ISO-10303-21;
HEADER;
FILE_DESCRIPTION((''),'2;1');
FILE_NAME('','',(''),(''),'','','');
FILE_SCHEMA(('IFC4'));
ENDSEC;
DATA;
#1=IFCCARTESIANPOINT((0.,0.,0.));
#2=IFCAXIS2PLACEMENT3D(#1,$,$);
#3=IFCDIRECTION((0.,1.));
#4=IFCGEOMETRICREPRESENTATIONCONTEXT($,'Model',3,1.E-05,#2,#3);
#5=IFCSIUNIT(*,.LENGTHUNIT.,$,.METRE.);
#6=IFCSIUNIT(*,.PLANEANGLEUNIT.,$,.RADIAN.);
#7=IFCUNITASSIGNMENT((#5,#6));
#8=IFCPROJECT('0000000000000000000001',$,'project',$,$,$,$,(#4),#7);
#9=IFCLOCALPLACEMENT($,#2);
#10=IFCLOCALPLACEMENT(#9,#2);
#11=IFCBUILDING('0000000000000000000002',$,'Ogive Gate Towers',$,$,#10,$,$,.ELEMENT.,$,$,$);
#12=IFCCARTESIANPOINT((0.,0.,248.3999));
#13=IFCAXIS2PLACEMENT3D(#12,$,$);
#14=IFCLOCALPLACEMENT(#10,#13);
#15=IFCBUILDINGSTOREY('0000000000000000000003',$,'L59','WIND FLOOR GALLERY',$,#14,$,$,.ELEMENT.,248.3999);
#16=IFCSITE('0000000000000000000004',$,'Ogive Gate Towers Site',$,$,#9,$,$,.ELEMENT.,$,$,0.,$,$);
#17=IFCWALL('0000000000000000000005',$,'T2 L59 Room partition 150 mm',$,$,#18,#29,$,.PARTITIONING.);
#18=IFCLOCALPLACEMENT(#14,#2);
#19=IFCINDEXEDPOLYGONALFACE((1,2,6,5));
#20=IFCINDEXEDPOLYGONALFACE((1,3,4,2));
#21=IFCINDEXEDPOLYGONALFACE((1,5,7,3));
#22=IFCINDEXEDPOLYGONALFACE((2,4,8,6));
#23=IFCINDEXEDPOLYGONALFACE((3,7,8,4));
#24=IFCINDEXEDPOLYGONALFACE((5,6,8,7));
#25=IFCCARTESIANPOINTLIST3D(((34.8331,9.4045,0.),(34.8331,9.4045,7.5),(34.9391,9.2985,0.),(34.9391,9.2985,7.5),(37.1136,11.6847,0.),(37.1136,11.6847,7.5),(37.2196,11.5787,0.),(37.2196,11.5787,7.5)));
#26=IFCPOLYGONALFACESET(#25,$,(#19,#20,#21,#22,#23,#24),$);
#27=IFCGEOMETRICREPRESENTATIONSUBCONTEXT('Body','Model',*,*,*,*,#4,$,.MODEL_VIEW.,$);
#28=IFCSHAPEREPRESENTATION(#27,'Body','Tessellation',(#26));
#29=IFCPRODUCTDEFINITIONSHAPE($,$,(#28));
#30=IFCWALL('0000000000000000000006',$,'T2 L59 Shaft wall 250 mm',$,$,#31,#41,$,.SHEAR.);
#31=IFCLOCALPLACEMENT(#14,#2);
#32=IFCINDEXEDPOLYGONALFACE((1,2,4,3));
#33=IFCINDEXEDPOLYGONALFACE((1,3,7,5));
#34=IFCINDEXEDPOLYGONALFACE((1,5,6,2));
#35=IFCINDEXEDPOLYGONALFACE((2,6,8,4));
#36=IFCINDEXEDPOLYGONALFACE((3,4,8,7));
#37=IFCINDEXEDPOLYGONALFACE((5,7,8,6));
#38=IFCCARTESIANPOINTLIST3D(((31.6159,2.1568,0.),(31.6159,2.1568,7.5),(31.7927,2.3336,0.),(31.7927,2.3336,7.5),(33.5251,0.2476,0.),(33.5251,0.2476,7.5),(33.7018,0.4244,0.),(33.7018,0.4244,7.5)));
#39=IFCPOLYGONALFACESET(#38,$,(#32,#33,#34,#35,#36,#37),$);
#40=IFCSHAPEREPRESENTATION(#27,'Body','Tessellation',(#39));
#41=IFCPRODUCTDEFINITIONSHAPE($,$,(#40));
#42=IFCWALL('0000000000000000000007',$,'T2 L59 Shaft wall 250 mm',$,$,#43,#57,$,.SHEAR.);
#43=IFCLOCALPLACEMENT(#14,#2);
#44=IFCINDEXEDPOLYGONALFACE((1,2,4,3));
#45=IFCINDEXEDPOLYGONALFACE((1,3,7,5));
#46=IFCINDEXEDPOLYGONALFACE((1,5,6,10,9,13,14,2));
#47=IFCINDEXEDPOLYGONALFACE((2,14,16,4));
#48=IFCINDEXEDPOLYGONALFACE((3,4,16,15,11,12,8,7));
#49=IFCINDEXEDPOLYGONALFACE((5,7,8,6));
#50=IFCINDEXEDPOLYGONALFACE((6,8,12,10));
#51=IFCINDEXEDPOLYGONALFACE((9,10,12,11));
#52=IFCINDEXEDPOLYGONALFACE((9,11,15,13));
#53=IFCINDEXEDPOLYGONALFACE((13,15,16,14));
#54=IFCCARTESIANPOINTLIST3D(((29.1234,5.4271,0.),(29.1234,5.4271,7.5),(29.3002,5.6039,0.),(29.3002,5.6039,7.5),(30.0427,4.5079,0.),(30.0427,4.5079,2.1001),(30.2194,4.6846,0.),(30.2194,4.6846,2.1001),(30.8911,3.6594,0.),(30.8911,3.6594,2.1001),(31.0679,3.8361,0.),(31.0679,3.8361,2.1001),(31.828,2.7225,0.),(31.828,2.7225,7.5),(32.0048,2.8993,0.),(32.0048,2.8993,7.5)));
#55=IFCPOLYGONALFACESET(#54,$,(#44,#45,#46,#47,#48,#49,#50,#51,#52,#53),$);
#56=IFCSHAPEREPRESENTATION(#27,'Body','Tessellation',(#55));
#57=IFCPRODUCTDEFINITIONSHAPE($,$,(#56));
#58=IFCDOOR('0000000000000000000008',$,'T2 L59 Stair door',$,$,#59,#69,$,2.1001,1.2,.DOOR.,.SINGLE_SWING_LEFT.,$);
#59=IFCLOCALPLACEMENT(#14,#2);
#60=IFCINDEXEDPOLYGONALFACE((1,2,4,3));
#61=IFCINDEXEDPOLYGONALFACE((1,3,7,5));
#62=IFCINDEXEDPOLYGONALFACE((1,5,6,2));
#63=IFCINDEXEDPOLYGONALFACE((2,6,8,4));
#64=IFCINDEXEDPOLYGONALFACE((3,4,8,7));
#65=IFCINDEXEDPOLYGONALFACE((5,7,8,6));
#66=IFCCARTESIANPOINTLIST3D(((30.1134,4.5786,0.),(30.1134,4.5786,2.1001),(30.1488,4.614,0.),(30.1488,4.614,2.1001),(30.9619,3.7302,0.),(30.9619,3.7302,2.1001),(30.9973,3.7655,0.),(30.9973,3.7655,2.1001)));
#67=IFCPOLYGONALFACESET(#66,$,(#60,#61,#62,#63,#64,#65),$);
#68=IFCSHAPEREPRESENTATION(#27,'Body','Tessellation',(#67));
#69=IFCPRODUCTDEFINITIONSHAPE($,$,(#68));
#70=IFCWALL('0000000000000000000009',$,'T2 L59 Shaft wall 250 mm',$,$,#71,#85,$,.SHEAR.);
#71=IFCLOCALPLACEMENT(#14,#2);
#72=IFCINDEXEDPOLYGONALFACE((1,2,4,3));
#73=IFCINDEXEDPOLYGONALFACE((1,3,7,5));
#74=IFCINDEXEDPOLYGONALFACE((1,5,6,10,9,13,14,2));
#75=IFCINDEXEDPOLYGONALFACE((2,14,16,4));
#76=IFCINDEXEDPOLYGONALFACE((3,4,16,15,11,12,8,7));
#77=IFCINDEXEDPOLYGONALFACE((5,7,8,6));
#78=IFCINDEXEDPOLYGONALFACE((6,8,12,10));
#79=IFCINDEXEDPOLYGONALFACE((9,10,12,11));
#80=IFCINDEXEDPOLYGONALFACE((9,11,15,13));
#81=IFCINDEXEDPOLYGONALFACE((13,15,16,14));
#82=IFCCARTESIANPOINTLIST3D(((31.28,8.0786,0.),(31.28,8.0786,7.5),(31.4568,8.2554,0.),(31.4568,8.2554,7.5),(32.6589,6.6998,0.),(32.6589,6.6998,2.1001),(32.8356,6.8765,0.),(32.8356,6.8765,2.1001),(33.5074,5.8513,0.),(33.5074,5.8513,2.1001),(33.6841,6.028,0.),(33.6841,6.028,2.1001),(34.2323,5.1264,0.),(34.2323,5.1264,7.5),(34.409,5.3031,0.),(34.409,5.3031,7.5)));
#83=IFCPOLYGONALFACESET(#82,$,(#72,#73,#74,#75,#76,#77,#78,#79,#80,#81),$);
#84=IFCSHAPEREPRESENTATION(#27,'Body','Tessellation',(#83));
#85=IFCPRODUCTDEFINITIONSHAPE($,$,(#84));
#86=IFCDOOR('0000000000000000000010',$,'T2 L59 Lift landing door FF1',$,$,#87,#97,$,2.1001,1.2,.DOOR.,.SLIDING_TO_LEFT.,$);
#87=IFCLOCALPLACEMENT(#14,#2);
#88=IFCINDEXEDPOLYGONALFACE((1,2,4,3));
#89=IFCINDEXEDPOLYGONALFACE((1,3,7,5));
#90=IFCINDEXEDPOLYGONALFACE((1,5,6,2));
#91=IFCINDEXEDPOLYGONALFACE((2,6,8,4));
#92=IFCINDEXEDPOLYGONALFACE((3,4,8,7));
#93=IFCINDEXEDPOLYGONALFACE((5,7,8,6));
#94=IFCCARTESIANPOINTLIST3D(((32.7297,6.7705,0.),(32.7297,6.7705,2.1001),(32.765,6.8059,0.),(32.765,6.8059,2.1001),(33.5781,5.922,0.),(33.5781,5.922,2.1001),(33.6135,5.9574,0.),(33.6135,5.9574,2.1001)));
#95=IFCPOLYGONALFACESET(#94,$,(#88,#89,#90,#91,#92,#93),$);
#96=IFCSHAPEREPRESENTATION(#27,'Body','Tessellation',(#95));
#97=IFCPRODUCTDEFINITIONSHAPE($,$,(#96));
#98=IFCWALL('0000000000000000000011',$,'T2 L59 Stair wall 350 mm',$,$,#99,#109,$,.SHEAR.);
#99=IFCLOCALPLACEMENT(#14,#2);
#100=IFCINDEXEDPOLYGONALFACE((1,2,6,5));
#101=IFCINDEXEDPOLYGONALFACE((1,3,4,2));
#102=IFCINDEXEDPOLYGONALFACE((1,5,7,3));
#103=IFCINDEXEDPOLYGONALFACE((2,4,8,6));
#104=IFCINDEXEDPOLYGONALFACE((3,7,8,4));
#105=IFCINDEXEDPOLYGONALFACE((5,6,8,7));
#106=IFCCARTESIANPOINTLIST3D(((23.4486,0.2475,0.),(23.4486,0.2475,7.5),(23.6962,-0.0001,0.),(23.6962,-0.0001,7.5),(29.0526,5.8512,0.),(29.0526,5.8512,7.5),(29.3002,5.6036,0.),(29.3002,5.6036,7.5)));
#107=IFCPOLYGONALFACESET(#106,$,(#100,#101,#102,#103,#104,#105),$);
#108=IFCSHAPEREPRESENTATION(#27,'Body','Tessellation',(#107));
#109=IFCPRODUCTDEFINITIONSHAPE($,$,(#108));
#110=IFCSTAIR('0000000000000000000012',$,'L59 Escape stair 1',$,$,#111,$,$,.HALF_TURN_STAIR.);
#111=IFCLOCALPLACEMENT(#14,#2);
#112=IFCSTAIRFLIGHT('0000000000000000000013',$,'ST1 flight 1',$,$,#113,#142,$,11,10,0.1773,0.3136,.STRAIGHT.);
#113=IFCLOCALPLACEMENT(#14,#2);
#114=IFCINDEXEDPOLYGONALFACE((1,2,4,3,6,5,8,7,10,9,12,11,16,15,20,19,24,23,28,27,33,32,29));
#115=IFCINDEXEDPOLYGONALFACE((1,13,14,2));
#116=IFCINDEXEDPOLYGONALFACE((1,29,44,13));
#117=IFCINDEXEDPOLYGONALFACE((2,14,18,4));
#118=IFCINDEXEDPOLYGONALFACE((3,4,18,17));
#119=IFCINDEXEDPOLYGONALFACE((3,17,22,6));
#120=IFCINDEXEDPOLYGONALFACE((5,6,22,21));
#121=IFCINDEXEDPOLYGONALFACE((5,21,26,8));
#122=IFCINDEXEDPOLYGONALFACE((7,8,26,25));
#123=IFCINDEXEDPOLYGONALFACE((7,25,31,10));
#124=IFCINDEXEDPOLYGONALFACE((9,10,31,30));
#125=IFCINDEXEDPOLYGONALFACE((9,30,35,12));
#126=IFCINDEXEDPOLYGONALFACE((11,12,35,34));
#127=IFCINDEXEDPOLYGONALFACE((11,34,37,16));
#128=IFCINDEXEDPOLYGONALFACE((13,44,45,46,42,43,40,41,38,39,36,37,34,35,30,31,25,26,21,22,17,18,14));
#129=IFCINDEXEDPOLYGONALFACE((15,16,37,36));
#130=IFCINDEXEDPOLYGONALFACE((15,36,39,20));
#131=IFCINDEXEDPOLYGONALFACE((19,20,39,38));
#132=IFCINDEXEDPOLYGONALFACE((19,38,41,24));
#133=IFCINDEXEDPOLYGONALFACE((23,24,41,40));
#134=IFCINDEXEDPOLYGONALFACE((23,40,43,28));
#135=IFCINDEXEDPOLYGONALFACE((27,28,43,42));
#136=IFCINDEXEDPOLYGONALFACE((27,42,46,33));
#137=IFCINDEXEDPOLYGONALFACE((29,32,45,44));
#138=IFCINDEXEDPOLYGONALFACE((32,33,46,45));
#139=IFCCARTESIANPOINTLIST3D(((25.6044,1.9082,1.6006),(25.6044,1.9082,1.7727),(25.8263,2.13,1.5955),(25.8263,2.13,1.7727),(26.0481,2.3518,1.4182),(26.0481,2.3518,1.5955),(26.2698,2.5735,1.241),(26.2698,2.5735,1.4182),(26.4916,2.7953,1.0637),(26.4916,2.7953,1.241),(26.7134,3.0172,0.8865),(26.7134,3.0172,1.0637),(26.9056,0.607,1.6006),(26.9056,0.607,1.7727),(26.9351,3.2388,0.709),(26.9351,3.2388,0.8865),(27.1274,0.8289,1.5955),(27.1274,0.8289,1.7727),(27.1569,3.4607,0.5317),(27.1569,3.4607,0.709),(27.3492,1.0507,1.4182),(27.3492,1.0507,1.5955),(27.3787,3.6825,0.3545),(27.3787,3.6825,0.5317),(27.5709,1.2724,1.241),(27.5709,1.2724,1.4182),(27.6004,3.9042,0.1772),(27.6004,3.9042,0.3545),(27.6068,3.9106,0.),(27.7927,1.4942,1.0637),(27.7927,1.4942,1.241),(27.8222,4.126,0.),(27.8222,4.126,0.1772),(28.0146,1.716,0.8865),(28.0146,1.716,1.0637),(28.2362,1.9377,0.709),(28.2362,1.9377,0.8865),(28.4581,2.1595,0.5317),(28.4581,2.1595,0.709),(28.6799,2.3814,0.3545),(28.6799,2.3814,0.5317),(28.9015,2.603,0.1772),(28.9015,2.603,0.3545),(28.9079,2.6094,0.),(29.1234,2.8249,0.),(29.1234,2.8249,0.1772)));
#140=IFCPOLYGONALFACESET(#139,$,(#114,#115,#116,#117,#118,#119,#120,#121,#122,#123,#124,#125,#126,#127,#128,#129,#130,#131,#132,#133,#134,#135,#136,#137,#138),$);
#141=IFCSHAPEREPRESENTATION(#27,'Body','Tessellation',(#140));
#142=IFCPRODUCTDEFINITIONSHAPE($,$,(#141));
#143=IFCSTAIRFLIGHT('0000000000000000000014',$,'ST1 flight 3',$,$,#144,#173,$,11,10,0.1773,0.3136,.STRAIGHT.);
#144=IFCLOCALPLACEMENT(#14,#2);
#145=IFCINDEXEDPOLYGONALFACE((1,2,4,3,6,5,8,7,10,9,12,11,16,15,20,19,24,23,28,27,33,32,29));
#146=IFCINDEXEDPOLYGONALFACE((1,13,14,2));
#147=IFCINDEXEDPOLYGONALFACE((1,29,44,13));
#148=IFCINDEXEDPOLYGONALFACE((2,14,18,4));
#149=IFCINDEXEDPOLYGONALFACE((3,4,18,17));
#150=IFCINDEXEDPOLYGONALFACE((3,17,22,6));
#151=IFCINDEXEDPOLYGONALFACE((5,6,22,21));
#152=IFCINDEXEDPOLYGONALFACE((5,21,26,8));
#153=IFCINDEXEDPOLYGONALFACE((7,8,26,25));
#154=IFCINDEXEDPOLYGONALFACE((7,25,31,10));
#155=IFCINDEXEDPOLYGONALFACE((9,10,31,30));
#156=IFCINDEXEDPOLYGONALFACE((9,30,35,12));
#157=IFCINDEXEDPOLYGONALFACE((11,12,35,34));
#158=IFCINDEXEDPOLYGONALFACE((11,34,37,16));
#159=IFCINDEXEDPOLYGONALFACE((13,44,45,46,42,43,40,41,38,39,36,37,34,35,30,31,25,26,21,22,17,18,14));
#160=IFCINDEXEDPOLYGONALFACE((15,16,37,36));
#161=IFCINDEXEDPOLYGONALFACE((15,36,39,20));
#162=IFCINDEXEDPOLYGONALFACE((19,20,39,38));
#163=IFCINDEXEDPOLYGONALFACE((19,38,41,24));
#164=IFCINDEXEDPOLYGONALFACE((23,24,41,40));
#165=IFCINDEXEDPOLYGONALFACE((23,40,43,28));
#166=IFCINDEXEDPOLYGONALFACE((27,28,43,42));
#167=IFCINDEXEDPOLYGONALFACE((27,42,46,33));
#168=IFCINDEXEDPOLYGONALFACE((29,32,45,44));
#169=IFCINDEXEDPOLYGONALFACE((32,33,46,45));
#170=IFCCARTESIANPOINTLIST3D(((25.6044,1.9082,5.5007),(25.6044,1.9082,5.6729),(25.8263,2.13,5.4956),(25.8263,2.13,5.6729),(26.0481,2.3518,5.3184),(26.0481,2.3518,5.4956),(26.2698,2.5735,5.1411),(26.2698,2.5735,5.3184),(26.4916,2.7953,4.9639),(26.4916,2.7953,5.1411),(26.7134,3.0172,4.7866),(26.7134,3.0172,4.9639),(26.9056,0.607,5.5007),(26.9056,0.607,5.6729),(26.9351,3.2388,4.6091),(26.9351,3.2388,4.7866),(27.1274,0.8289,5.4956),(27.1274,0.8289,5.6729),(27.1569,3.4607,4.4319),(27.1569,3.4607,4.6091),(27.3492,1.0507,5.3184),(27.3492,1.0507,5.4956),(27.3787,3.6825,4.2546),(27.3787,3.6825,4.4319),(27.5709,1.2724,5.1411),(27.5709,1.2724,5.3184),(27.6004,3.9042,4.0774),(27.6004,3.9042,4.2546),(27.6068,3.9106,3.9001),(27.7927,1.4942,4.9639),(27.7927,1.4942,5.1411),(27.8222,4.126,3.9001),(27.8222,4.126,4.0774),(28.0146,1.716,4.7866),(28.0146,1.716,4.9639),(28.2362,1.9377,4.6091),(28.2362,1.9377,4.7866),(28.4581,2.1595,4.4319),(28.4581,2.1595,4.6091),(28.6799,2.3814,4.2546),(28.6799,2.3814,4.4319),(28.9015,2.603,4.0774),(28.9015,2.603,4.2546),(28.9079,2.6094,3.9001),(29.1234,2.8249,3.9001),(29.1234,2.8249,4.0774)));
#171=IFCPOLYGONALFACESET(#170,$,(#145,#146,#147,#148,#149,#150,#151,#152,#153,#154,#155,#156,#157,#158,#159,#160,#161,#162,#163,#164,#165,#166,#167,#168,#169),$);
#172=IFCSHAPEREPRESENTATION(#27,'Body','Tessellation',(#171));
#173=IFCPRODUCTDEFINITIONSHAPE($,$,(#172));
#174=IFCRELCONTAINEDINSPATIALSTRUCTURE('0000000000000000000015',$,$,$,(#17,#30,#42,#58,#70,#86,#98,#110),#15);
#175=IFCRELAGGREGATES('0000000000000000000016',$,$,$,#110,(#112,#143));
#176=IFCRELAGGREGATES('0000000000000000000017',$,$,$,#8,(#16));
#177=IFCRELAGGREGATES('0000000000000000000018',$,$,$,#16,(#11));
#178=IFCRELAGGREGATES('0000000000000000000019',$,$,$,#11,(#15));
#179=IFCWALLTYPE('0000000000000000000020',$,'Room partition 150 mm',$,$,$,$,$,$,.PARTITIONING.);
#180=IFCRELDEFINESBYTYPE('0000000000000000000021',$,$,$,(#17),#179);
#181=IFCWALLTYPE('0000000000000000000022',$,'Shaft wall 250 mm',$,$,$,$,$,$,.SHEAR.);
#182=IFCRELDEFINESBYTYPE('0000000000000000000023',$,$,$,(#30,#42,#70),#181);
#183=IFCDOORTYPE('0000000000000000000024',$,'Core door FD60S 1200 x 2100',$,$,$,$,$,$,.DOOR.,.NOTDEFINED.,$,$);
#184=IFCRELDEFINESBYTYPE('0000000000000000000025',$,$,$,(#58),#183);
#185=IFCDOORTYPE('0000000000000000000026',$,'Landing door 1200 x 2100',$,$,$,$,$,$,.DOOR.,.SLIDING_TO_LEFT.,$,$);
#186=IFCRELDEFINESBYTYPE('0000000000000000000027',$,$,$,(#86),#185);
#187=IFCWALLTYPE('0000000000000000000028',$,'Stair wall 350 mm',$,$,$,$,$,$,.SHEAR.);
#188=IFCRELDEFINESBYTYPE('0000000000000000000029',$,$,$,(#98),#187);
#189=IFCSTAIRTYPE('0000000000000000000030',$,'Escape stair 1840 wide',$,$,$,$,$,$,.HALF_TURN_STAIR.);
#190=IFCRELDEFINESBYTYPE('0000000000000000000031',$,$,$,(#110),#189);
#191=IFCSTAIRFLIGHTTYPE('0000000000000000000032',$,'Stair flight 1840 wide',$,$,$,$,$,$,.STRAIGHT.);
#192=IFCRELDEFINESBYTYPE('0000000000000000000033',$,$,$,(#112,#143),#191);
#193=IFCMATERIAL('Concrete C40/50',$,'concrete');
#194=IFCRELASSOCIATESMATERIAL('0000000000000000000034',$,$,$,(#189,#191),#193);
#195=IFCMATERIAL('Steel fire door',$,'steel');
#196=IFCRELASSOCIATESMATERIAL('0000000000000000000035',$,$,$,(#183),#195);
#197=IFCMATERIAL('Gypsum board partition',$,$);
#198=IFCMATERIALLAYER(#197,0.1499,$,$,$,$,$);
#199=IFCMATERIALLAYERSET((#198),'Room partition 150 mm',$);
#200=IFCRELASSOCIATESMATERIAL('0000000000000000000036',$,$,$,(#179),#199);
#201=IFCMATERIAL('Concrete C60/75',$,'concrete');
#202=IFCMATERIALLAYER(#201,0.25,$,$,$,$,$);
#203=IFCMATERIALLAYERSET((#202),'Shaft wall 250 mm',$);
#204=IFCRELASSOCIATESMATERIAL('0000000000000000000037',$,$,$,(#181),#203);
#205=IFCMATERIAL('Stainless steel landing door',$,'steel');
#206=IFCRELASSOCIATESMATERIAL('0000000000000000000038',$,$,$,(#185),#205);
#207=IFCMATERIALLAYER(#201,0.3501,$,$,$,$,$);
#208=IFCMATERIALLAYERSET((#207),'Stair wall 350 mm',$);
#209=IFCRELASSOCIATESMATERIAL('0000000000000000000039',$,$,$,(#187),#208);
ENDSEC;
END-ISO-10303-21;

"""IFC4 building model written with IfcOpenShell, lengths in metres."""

from ifc_helpers import new_model, si_unit, direction, frame, frame_2d, origin, place, context, subcontext, project, spatial, polyline, rectangle, outline, extrude, material, layer, layer_set, type_object, element, fill, aggregate, save


model = new_model("IFC4")

# Units and contexts
model_context = context("Model", 3, precision=1e-05, world=origin(), true_north=direction((0.0, 1.0)))
body_context = subcontext(model_context, "Body", "Model", "MODEL_VIEW")
ifc_project = project(units=[si_unit("LENGTHUNIT", "METRE"), si_unit("PLANEANGLEUNIT", "RADIAN")], contexts=[model_context])

# Site, building, storey
site_placement = place(None, origin())
site = spatial("IfcSite", under=ifc_project, at=site_placement, Name="Ogive Gate Towers Site", CompositionType="ELEMENT", RefElevation=0.0)
building_placement = place(site_placement, origin())
building = spatial("IfcBuilding", under=site, at=building_placement, Name="Ogive Gate Towers", CompositionType="ELEMENT")
storey_placement = place(building_placement, frame((0.0, 0.0, 248.3999)))
storey = spatial("IfcBuildingStorey", under=building, at=storey_placement, Name="L59", Description="WIND FLOOR GALLERY", CompositionType="ELEMENT", Elevation=248.3999)

# Shared definitions
ifc_material_1 = material(Name="Concrete C40/50", Category="concrete")

# Shared definitions
stair_type = type_object("IfcStairType", Name="Escape stair 1840 wide", PredefinedType="HALF_TURN_STAIR", material=ifc_material_1)

# Shared definitions
ifc_material_2 = material(Name="Concrete C60/75", Category="concrete")
ifc_material_3 = material(Name="Steel fire door", Category="steel")
door_type_1 = type_object("IfcDoorType", Name="Core door FD60S 1200 x 2100", OperationType="NOTDEFINED", PredefinedType="DOOR", material=ifc_material_3)

# Walls
ifc_material_4 = material(Name="Gypsum board partition")
ifc_layer_1 = layer(ifc_material_4, 0.1499)
ifc_layer_set_1 = layer_set([ifc_layer_1], Name="Room partition 150 mm")
wall_type_1 = type_object("IfcWallType", Name="Room partition 150 mm", PredefinedType="PARTITIONING", material=ifc_layer_set_1)
wall_1_placement = place(storey_placement, frame((34.8862, 9.3516, 0.0), z_axis=(0.0, 0.0, 1.0), x_axis=(0.707145, 0.707069, 0.0)))
element("IfcWall", 1, at=wall_1_placement, inside=storey, type_object=wall_type_1, Name="T2 L59 Room partition 150 mm", PredefinedType="PARTITIONING", context=body_context, shape_type="SweptSolid", body=[
    extrude(rectangle(XDim=3.2249, YDim=0.1499, at=frame_2d((1.6123, 0.0))), origin(), (0.0, 0.0, 1.0), 7.5),
])
ifc_layer_2 = layer(ifc_material_2, 0.25)
ifc_layer_set_2 = layer_set([ifc_layer_2], Name="Shaft wall 250 mm")
wall_type_2 = type_object("IfcWallType", Name="Shaft wall 250 mm", PredefinedType="SHEAR", material=ifc_layer_set_2)
wall_2_placement = place(storey_placement, frame((33.6135, 0.3359, 0.0), z_axis=(0.0, 0.0, 1.0), x_axis=(-0.707107, 0.707107, 0.0)))
element("IfcWall", 2, at=wall_2_placement, inside=storey, type_object=wall_type_2, Name="T2 L59 Shaft wall 250 mm", PredefinedType="SHEAR", context=body_context, shape_type="SweptSolid", body=[
    extrude(rectangle(XDim=2.7, YDim=0.25, at=frame_2d((1.3501, 0.0))), origin(), (0.0, 0.0, 1.0), 7.5),
])

# Walls, openings, doors
wall_3_placement = place(storey_placement, frame((31.9165, 2.8108, 0.0), z_axis=(0.0, 0.0, 1.0), x_axis=(-0.707107, 0.707107, 0.0)))
wall_3 = element("IfcWall", 3, at=wall_3_placement, inside=storey, type_object=wall_type_2, Name="T2 L59 Shaft wall 250 mm", PredefinedType="SHEAR", context=body_context, shape_type="SweptSolid", body=[
    extrude(rectangle(XDim=3.825, YDim=0.25, at=frame_2d((1.9126, 0.0))), origin(), (0.0, 0.0, 1.0), 7.5),
])
opening_1_placement = place(wall_3_placement, frame((1.325, 0.0, 0.0)))
opening_1 = element("IfcOpeningElement", 4, at=opening_1_placement, cuts=wall_3, PredefinedType="OPENING", context=body_context, shape_type="SweptSolid", body=[
    extrude(rectangle(XDim=1.2, YDim=2.1001, at=frame_2d((0.6001, 1.05))), frame((0.0, 0.135, 0.0), z_axis=(0.0, -1.0, 0.0), x_axis=(1.0, 0.0, 0.0)), (0.0, 0.0, 1.0), 0.27),
])
door_1_placement = place(opening_1_placement, origin())
door_1 = element("IfcDoor", 5, at=door_1_placement, inside=storey, type_object=door_type_1, Name="T2 L59 Stair door", OperationType="SINGLE_SWING_LEFT", OverallHeight=2.1001, OverallWidth=1.2, PredefinedType="DOOR", context=body_context, shape_type="SweptSolid", body=[
    extrude(rectangle(XDim=1.2, YDim=2.1001, at=frame_2d((0.6001, 1.05))), frame((0.0, 0.0249, 0.0), z_axis=(0.0, -1.0, 0.0), x_axis=(1.0, 0.0, 0.0)), (0.0, 0.0, 1.0), 0.05),
])
fill(opening_1, door_1)
wall_4_placement = place(storey_placement, frame((34.3206, 5.2148, 0.0), z_axis=(0.0, 0.0, 1.0), x_axis=(-0.707107, 0.707107, 0.0)))
wall_4 = element("IfcWall", 6, at=wall_4_placement, inside=storey, type_object=wall_type_2, Name="T2 L59 Shaft wall 250 mm", PredefinedType="SHEAR", context=body_context, shape_type="SweptSolid", body=[
    extrude(rectangle(XDim=4.175, YDim=0.25, at=frame_2d((2.0874, 0.0))), origin(), (0.0, 0.0, 1.0), 7.5),
])
opening_2_placement = place(wall_4_placement, frame((1.0249, 0.0, 0.0)))
opening_2 = element("IfcOpeningElement", 7, at=opening_2_placement, cuts=wall_4, PredefinedType="OPENING", context=body_context, shape_type="SweptSolid", body=[
    extrude(rectangle(XDim=1.2, YDim=2.1001, at=frame_2d((0.6001, 1.05))), frame((0.0, 0.135, 0.0), z_axis=(0.0, -1.0, 0.0), x_axis=(1.0, 0.0, 0.0)), (0.0, 0.0, 1.0), 0.27),
])
ifc_material_5 = material(Name="Stainless steel landing door", Category="steel")
door_type_2 = type_object("IfcDoorType", Name="Landing door 1200 x 2100", OperationType="SLIDING_TO_LEFT", PredefinedType="DOOR", material=ifc_material_5)
door_2_placement = place(opening_2_placement, origin())
door_2 = element("IfcDoor", 8, at=door_2_placement, inside=storey, type_object=door_type_2, Name="T2 L59 Lift landing door FF1", OperationType="SLIDING_TO_LEFT", OverallHeight=2.1001, OverallWidth=1.2, PredefinedType="DOOR", context=body_context, shape_type="SweptSolid", body=[
    extrude(rectangle(XDim=1.2, YDim=2.1001, at=frame_2d((0.6001, 1.05))), frame((0.0, 0.0249, 0.0), z_axis=(0.0, -1.0, 0.0), x_axis=(1.0, 0.0, 0.0)), (0.0, 0.0, 1.0), 0.05),
])
fill(opening_2, door_2)

# Wall
ifc_layer_3 = layer(ifc_material_2, 0.3501)
ifc_layer_set_3 = layer_set([ifc_layer_3], Name="Stair wall 350 mm")
wall_type_3 = type_object("IfcWallType", Name="Stair wall 350 mm", PredefinedType="SHEAR", material=ifc_layer_set_3)
wall_5_placement = place(storey_placement, frame((23.5725, 0.1238, 0.0), z_axis=(0.0, 0.0, 1.0), x_axis=(0.707122, 0.707091, 0.0)))
element("IfcWall", 9, at=wall_5_placement, inside=storey, type_object=wall_type_3, Name="T2 L59 Stair wall 350 mm", PredefinedType="SHEAR", context=body_context, shape_type="SweptSolid", body=[
    extrude(rectangle(XDim=7.925, YDim=0.3501, at=frame_2d((3.9624, 0.0))), origin(), (0.0, 0.0, 1.0), 7.5),
])

# Stair, stair flights
stair_1_placement = place(storey_placement, origin())
stair_1 = element("IfcStair", 10, at=stair_1_placement, inside=storey, type_object=stair_type, Name="L59 Escape stair 1", PredefinedType="HALF_TURN_STAIR")
stair_flight_type = type_object("IfcStairFlightType", Name="Stair flight 1840 wide", PredefinedType="STRAIGHT", material=ifc_material_1)
stair_flight_1_placement = place(storey_placement, frame((28.4729, 3.4753, 0.0), z_axis=(0.0, 0.0, 1.0), x_axis=(-0.707107, -0.707107, 0.0)))
stair_flight_1 = element("IfcStairFlight", 11, at=stair_flight_1_placement, type_object=stair_flight_type, Name="ST1 flight 1", NumberOfRisers=11, NumberOfTreads=10, PredefinedType="STRAIGHT", RiserHeight=0.1773, TreadLength=0.3136, context=body_context, shape_type="SweptSolid", body=[
    extrude(outline(polyline([(0.0, 0.0), (0.0, 0.1772), (0.3137, 0.1772), (0.3137, 0.3545), (0.6272, 0.3545), (0.6272, 0.5317), (0.9409, 0.5317), (0.9409, 0.709), (1.2546, 0.709), (1.2546, 0.8865), (1.5681, 0.8865), (1.5681, 1.0637), (1.8818, 1.0637), (1.8818, 1.241), (2.1956, 1.241), (2.1956, 1.4182), (2.509, 1.4182), (2.509, 1.5955), (2.8228, 1.5955), (2.8228, 1.7727), (3.1365, 1.7727), (3.1365, 1.95), (3.1365, 1.6006), (0.3047, 0.0), (0.0, 0.0)])), frame((0.0, 0.9199, 0.0), z_axis=(0.0, -1.0, 0.0), x_axis=(1.0, 0.0, 0.0)), (0.0, 0.0, 1.0), 1.8401),
])
stair_flight_2_placement = place(storey_placement, frame((28.4729, 3.4753, 3.9001), z_axis=(0.0, 0.0, 1.0), x_axis=(-0.707107, -0.707107, 0.0)))
stair_flight_2 = element("IfcStairFlight", 12, at=stair_flight_2_placement, type_object=stair_flight_type, Name="ST1 flight 3", NumberOfRisers=11, NumberOfTreads=10, PredefinedType="STRAIGHT", RiserHeight=0.1773, TreadLength=0.3136, context=body_context, shape_type="SweptSolid", body=[
    extrude(outline(polyline([(0.0, 0.0), (0.0, 0.1772), (0.3137, 0.1772), (0.3137, 0.3545), (0.6272, 0.3545), (0.6272, 0.5317), (0.9409, 0.5317), (0.9409, 0.709), (1.2546, 0.709), (1.2546, 0.8865), (1.5681, 0.8865), (1.5681, 1.0637), (1.8818, 1.0637), (1.8818, 1.241), (2.1956, 1.241), (2.1956, 1.4182), (2.509, 1.4182), (2.509, 1.5955), (2.8228, 1.5955), (2.8228, 1.7727), (3.1365, 1.7727), (3.1365, 1.95), (3.1365, 1.6006), (0.3047, 0.0), (0.0, 0.0)])), frame((0.0, 0.9199, 0.0), z_axis=(0.0, -1.0, 0.0), x_axis=(1.0, 0.0, 0.0)), (0.0, 0.0, 1.0), 1.8401),
])
aggregate(stair_1, [stair_flight_1, stair_flight_2])

save(model, "model.ifc")
